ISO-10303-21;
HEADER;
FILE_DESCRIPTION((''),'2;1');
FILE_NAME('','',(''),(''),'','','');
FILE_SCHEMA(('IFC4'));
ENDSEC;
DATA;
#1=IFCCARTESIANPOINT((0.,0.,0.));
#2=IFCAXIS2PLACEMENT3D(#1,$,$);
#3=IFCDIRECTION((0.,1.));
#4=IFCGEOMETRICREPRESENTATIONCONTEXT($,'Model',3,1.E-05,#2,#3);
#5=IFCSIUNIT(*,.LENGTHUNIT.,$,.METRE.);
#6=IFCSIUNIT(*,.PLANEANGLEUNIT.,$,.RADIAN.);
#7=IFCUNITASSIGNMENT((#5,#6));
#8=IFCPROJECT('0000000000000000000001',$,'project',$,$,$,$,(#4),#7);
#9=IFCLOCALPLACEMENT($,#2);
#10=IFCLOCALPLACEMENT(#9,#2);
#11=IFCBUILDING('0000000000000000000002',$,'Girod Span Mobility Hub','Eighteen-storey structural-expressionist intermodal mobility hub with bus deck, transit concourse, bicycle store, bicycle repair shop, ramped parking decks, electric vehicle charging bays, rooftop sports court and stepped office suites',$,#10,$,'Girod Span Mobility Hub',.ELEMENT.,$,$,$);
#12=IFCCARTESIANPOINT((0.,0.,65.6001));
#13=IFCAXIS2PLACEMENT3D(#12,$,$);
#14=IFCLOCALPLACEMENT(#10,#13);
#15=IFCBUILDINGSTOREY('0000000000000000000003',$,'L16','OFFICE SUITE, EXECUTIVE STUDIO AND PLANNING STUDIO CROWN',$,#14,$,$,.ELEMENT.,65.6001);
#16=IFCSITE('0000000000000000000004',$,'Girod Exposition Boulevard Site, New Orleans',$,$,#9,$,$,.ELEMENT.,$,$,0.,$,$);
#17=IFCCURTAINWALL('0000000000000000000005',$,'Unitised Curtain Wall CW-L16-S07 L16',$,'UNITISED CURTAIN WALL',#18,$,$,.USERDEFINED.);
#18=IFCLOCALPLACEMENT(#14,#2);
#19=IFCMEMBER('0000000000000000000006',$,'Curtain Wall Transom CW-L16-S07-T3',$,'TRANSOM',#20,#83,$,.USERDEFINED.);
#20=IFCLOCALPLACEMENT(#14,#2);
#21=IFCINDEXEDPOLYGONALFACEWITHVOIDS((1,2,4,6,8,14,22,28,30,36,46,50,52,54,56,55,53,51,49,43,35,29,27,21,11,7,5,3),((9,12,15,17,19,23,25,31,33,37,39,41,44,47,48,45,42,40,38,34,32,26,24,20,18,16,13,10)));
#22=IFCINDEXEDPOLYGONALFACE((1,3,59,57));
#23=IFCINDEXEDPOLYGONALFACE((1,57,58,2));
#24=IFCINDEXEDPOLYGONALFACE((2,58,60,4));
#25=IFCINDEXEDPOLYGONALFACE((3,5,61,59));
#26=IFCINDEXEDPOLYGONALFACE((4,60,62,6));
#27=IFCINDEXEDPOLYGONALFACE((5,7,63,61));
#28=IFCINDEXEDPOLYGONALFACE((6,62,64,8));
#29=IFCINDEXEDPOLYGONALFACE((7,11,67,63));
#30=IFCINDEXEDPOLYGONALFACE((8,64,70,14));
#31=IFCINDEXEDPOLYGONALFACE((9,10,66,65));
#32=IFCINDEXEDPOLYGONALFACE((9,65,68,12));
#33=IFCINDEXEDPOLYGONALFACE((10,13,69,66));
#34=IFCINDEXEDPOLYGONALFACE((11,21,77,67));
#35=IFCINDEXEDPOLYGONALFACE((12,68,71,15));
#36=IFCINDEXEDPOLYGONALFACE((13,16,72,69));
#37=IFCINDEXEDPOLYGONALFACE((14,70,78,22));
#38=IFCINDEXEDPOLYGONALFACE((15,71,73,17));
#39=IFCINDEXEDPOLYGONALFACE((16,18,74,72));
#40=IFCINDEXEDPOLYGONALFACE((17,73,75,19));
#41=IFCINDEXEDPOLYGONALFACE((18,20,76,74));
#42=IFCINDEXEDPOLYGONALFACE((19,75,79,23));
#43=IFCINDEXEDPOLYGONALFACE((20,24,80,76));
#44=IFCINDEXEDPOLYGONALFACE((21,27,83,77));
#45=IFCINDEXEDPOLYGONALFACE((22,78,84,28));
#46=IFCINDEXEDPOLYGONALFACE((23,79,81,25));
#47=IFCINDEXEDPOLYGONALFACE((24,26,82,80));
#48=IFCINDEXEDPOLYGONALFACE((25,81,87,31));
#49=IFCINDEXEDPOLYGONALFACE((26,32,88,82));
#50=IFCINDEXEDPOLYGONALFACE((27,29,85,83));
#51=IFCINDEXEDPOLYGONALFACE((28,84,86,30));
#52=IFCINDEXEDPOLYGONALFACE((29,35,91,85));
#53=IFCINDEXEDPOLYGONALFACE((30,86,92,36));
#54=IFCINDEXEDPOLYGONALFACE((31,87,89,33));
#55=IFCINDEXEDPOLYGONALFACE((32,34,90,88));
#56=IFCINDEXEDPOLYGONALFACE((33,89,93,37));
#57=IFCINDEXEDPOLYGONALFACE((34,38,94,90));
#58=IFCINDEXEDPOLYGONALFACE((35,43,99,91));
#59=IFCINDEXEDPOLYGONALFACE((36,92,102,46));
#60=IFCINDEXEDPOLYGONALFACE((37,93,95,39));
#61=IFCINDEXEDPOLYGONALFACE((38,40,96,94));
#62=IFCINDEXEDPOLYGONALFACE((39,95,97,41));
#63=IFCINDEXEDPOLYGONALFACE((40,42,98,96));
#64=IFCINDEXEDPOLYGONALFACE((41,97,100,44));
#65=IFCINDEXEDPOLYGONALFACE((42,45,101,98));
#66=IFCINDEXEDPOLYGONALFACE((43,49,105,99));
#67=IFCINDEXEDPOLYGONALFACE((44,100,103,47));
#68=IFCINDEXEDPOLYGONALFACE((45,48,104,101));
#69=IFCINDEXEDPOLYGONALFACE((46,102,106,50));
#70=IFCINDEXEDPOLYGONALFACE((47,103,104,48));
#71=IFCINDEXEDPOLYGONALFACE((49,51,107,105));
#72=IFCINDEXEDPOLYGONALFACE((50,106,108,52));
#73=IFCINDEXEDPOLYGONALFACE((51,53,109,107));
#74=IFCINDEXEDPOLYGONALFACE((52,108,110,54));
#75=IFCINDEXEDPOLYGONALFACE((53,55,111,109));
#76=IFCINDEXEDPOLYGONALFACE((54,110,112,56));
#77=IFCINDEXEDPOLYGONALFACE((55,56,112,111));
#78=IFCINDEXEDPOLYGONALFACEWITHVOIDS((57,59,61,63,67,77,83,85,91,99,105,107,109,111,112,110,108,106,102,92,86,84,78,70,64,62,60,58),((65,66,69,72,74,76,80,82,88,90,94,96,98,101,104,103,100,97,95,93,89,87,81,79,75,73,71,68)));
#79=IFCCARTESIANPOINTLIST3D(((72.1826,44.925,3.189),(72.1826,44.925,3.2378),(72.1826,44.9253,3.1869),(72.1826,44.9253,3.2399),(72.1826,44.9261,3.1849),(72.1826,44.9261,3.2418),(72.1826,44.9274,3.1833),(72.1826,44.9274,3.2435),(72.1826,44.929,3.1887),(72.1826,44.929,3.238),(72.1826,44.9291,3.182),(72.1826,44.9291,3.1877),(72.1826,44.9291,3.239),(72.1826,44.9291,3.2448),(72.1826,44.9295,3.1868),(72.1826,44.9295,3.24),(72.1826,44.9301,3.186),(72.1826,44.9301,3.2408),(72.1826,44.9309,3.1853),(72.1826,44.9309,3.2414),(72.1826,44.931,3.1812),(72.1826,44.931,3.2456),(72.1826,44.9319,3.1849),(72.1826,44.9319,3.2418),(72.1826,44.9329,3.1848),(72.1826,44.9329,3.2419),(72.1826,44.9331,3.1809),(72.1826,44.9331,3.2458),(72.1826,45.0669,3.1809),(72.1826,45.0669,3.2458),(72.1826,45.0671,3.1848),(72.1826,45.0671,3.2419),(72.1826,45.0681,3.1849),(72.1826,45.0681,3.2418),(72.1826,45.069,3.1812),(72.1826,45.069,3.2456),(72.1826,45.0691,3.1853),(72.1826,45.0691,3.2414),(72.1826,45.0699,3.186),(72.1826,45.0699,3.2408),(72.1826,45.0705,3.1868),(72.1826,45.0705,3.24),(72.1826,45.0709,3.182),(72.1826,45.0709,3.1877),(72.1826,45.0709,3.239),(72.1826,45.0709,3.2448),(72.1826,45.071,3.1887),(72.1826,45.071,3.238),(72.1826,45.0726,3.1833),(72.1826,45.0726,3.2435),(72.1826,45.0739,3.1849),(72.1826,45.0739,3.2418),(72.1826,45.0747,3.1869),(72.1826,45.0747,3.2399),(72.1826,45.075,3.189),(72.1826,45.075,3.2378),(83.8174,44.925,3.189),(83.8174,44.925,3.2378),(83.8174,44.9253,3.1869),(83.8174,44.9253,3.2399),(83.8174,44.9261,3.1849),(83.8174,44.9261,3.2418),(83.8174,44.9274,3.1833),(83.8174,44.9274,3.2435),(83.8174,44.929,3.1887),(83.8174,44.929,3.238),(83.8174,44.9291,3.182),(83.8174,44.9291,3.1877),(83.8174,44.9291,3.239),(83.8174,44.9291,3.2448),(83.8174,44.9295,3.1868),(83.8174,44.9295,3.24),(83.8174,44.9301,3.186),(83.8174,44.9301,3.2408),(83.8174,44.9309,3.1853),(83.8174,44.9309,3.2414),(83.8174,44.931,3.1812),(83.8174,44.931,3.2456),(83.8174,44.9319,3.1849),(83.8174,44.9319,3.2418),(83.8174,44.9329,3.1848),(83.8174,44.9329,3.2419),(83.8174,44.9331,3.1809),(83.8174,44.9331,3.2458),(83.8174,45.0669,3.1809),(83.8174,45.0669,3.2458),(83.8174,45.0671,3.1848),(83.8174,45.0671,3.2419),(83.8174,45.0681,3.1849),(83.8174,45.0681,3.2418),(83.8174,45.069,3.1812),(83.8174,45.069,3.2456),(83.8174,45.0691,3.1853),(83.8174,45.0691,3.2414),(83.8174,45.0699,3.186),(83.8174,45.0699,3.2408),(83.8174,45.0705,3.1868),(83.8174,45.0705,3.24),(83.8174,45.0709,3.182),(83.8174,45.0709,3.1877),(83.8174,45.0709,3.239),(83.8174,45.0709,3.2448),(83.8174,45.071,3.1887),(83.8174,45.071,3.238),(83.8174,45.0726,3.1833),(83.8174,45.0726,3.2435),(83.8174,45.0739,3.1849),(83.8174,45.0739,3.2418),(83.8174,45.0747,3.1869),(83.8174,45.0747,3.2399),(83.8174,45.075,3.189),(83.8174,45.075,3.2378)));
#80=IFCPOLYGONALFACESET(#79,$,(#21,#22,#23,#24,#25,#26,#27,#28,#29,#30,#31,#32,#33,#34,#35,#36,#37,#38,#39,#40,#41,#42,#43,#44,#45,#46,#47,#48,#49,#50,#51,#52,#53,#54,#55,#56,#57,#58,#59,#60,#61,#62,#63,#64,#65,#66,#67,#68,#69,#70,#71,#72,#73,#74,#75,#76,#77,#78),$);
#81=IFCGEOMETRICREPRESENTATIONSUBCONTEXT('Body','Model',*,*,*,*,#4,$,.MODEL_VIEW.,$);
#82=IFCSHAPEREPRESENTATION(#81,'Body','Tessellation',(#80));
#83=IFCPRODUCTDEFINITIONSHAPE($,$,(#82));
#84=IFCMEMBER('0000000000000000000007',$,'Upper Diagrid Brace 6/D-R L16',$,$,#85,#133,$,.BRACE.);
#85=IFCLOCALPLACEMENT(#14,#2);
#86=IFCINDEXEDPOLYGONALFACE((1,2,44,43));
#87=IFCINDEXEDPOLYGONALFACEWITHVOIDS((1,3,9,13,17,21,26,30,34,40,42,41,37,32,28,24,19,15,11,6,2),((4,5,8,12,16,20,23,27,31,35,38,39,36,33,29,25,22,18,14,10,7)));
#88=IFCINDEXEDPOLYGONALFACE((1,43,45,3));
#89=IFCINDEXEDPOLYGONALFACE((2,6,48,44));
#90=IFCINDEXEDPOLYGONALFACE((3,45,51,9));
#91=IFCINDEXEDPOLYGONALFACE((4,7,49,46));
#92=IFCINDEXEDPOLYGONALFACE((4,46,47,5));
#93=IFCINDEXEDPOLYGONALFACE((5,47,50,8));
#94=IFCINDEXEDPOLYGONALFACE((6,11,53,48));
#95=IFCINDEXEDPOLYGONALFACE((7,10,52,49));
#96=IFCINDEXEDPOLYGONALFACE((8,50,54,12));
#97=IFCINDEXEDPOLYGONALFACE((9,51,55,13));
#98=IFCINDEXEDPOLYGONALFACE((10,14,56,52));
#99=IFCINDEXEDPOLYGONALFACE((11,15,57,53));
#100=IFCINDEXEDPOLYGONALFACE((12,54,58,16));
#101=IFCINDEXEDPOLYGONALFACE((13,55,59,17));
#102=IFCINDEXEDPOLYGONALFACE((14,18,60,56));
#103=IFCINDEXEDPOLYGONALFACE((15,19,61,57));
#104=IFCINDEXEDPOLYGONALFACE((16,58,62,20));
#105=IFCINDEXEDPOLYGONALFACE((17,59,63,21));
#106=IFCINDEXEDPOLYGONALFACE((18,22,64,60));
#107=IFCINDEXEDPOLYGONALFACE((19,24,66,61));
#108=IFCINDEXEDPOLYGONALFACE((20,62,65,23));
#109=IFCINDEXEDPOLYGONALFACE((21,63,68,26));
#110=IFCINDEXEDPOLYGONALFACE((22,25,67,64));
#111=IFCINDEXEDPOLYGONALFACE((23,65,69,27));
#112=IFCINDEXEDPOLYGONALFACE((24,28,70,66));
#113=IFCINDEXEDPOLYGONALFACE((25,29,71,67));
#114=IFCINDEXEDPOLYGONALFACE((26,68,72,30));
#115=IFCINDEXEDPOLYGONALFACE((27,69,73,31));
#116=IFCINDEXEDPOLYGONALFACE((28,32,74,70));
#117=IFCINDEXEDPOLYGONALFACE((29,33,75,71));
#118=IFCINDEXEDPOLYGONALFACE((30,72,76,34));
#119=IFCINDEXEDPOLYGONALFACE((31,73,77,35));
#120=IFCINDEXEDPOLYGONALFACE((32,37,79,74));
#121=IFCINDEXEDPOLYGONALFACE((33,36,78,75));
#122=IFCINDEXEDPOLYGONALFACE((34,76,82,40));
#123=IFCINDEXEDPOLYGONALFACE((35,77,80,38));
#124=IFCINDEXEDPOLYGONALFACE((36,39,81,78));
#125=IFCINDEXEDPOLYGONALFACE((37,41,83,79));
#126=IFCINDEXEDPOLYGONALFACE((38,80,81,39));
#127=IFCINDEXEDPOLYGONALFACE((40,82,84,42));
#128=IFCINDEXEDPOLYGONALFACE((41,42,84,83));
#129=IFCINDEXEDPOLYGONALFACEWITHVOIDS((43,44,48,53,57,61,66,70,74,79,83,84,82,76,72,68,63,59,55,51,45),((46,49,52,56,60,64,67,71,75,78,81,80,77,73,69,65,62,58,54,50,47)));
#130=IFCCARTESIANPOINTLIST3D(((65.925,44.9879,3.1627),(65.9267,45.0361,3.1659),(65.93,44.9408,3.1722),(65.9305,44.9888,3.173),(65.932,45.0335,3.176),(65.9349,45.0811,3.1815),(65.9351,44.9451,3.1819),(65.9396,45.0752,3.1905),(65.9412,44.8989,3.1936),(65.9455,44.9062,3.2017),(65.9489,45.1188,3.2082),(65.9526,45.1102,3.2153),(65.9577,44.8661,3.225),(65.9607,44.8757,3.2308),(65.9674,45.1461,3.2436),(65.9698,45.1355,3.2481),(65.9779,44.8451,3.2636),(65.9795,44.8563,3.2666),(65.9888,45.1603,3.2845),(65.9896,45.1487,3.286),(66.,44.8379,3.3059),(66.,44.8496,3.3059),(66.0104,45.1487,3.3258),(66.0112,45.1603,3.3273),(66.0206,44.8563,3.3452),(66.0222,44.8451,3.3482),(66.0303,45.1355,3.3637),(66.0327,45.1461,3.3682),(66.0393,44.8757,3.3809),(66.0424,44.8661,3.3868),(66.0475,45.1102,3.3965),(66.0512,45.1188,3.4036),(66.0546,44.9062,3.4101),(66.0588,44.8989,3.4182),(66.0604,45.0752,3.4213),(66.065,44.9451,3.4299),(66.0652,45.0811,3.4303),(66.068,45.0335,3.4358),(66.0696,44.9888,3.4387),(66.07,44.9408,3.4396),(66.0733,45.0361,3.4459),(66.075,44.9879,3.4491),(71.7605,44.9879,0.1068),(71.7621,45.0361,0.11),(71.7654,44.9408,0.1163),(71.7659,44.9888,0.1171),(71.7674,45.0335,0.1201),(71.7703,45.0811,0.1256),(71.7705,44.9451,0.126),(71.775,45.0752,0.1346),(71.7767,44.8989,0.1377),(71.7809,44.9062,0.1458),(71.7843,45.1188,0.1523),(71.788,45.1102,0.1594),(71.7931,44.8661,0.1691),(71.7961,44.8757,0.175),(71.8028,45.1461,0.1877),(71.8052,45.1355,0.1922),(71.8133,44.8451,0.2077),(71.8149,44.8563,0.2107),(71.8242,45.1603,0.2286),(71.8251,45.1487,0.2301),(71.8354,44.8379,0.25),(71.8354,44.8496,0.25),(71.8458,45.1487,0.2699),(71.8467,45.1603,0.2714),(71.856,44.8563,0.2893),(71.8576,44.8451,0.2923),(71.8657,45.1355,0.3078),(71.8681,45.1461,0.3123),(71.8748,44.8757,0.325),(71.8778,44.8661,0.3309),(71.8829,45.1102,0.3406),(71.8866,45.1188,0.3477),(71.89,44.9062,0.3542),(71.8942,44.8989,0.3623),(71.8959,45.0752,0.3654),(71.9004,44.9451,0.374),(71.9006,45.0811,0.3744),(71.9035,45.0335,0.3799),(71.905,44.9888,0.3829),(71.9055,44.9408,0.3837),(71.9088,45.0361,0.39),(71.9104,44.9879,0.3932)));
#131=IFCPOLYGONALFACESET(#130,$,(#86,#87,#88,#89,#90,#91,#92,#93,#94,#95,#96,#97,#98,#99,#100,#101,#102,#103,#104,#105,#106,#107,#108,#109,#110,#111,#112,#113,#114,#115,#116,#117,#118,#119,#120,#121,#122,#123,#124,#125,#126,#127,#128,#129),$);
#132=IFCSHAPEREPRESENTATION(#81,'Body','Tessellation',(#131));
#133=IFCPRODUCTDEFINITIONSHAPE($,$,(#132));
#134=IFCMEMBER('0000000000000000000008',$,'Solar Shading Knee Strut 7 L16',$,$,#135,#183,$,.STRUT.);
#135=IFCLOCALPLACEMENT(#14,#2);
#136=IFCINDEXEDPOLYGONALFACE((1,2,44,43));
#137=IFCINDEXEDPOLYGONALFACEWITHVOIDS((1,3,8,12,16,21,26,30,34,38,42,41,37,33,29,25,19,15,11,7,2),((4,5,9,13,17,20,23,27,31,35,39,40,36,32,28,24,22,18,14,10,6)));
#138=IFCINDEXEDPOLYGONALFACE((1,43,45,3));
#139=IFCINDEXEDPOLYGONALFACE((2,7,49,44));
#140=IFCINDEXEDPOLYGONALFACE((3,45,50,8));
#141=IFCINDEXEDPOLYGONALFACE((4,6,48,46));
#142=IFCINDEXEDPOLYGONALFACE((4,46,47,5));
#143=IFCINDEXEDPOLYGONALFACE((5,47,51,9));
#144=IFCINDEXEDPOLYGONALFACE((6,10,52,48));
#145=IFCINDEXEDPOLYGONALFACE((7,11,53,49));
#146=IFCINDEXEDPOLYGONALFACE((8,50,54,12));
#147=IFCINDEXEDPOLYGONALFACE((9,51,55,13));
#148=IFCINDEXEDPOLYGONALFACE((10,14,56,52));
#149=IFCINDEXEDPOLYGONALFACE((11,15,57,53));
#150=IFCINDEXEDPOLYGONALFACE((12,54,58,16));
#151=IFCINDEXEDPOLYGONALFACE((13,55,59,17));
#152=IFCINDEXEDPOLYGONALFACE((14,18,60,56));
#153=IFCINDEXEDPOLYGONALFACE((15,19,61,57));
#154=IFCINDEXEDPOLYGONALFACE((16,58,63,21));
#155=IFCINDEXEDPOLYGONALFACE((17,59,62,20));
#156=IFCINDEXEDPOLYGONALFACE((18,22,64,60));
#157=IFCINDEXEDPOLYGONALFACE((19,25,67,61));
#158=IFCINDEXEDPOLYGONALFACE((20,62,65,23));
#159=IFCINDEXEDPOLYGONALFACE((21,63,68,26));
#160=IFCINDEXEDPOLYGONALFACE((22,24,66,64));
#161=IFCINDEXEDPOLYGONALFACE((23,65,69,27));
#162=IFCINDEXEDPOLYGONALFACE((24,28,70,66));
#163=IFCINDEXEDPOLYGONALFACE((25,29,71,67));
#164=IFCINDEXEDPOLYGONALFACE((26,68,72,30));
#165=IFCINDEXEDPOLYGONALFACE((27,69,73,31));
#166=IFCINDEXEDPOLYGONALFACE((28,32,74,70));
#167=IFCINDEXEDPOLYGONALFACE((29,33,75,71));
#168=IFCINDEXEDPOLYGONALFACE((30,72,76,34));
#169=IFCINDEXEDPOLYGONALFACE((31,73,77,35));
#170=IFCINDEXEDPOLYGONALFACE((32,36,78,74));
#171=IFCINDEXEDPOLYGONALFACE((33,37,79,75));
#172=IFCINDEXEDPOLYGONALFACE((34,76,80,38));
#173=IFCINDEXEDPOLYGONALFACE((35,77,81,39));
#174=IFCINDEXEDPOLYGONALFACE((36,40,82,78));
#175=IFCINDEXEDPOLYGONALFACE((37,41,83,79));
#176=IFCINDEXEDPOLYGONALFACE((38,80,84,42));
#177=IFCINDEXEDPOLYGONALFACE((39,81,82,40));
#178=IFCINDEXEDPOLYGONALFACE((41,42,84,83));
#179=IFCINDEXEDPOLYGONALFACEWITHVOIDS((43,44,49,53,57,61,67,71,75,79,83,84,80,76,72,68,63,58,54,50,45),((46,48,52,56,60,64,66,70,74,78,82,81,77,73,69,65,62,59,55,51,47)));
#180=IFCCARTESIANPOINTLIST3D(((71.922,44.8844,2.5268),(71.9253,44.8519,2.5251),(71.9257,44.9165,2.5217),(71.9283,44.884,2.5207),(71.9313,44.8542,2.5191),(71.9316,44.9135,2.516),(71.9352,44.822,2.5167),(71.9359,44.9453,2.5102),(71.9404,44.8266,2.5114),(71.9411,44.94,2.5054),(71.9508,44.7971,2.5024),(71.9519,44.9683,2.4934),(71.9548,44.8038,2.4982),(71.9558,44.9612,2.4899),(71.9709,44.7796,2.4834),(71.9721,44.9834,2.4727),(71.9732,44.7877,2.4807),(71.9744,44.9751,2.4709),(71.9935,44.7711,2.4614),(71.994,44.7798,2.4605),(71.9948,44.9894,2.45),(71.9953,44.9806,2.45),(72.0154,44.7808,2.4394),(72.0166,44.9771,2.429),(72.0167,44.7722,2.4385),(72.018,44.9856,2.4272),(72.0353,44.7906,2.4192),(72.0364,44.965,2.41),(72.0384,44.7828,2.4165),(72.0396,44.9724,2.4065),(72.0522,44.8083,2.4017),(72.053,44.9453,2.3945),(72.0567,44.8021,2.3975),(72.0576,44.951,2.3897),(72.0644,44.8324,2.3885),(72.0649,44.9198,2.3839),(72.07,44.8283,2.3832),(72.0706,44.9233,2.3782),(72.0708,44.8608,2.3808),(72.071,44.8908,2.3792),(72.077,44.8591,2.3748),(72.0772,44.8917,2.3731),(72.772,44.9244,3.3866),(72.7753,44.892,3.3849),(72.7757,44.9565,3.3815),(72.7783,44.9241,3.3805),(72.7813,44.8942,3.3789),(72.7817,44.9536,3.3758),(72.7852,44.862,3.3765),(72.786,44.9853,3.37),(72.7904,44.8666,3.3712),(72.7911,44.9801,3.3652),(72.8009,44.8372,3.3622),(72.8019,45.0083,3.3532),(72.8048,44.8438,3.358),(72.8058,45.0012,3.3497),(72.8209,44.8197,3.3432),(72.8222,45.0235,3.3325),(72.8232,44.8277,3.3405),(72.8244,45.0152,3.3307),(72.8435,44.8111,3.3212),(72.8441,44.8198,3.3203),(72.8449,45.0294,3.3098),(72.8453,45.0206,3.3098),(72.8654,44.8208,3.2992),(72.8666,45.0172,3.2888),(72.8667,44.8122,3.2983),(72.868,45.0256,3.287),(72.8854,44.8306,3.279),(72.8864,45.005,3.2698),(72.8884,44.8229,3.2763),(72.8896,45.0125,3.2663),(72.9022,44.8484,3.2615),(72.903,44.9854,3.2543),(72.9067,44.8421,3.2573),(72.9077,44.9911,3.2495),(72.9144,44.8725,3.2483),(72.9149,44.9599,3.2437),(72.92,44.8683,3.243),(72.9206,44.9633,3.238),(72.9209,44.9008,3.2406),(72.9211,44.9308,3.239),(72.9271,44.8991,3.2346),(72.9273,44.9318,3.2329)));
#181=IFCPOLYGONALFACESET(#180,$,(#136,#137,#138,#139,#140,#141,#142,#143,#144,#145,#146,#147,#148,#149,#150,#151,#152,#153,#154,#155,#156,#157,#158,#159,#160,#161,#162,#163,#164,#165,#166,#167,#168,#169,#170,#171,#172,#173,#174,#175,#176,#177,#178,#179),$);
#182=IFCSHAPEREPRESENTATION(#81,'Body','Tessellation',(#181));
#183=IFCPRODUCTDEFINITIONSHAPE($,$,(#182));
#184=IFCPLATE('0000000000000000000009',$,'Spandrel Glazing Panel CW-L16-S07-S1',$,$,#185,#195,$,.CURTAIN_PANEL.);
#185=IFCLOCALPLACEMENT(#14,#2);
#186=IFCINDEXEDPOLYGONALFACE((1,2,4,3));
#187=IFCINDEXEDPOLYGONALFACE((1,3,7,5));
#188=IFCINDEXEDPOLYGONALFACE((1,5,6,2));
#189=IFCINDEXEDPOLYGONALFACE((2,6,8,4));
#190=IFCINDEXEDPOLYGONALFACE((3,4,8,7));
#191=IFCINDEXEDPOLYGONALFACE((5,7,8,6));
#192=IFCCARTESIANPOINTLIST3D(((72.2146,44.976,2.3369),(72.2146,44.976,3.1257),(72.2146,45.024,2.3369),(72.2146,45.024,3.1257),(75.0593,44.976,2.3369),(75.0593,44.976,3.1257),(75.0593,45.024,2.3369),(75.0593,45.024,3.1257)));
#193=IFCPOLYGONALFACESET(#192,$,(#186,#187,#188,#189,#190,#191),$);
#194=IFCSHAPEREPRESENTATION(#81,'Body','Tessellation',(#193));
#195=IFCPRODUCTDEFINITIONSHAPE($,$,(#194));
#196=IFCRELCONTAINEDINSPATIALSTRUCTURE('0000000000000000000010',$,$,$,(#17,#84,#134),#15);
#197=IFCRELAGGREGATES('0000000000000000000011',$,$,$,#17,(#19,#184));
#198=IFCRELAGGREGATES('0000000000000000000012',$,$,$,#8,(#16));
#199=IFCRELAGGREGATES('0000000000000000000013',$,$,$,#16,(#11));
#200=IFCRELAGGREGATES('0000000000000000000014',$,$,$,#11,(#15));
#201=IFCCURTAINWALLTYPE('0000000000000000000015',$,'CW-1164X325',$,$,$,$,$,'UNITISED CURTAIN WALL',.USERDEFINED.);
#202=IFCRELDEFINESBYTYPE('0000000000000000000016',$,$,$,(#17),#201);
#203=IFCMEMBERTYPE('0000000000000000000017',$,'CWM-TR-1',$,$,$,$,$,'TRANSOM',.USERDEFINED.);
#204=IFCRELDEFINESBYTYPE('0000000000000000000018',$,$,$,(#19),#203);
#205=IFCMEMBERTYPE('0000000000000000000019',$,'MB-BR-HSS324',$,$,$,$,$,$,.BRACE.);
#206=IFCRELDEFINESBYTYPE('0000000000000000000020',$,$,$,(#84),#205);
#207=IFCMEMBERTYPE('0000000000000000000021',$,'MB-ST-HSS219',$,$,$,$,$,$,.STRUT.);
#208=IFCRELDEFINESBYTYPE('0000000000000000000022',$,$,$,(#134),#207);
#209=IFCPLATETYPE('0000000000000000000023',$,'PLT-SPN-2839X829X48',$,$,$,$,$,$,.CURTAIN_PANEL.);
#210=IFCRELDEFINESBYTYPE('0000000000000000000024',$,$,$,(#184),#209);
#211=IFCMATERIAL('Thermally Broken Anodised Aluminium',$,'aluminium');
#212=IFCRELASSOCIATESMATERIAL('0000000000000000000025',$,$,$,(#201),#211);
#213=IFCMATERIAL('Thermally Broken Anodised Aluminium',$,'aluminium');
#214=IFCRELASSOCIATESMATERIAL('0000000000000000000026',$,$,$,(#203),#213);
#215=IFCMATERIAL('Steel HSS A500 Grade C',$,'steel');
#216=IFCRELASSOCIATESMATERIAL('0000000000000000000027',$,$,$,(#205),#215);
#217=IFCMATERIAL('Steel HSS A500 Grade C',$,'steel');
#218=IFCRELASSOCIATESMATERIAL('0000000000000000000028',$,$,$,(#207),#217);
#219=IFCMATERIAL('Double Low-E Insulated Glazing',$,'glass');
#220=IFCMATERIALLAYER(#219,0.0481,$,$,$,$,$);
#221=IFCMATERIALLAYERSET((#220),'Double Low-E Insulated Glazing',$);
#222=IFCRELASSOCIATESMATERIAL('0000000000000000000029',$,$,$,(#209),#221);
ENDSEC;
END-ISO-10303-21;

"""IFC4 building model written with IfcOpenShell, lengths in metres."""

from ifc_helpers import new_model, si_unit, direction, frame, origin, origin_2d, place, context, subcontext, project, spatial, rectangle, hollow_rectangle, hollow_circle, extrude, material, layer, layer_set, material_profile, profile_set, type_object, element, aggregate, save


model = new_model("IFC4")

# Units and contexts
model_context = context("Model", 3, precision=1e-05, world=origin(), true_north=direction((0.0, 1.0)))
body_context = subcontext(model_context, "Body", "Model", "MODEL_VIEW")
ifc_project = project(units=[si_unit("LENGTHUNIT", "METRE"), si_unit("PLANEANGLEUNIT", "RADIAN")], contexts=[model_context])

# Site, building, storey
site_placement = place(None, origin())
site = spatial("IfcSite", under=ifc_project, at=site_placement, Name="Girod Exposition Boulevard Site, New Orleans", CompositionType="ELEMENT", RefElevation=0.0)
building_placement = place(site_placement, origin())
building = spatial("IfcBuilding", under=site, at=building_placement, Name="Girod Span Mobility Hub", Description="Eighteen-storey structural-expressionist intermodal mobility hub with bus deck, transit concourse, bicycle store, bicycle repair shop, ramped parking decks, electric vehicle charging bays, rooftop sports court and stepped office suites", LongName="Girod Span Mobility Hub", CompositionType="ELEMENT")
storey_placement = place(building_placement, frame((0.0, 0.0, 65.6001)))
storey = spatial("IfcBuildingStorey", under=building, at=storey_placement, Name="L16", Description="OFFICE SUITE, EXECUTIVE STUDIO AND PLANNING STUDIO CROWN", CompositionType="ELEMENT", Elevation=65.6001)

# Curtain wall, member
ifc_material_1 = material(Name="Thermally Broken Anodised Aluminium", Category="aluminium")
curtain_wall_type = type_object("IfcCurtainWallType", Name="CW-1164X325", ElementType="UNITISED CURTAIN WALL", PredefinedType="USERDEFINED", material=ifc_material_1)
curtain_wall_1_placement = place(storey_placement, origin())
curtain_wall_1 = element("IfcCurtainWall", 1, at=curtain_wall_1_placement, inside=storey, type_object=curtain_wall_type, Name="Unitised Curtain Wall CW-L16-S07 L16", ObjectType="UNITISED CURTAIN WALL", PredefinedType="USERDEFINED")
ifc_material_2 = material(Name="Thermally Broken Anodised Aluminium", Category="aluminium")
ifc_material_profile_1 = material_profile(ifc_material_2, hollow_rectangle(XDim=0.1499, YDim=0.0649, WallThickness=0.0039, InnerFilletRadius=0.0039, OuterFilletRadius=0.0081, at=origin_2d()), Name="CW-TR-65X150")
ifc_profile_set_1 = profile_set([ifc_material_profile_1], Name="Thermally Broken Anodised Aluminium")
member_type_1 = type_object("IfcMemberType", Name="CWM-TR-1", ElementType="TRANSOM", PredefinedType="USERDEFINED", material=ifc_profile_set_1)
member_1_placement = place(storey_placement, frame((72.1826, 45.0, 3.2134), z_axis=(1.0, 0.0, 0.0), x_axis=(0.0, 1.0, 0.0)))
member_1 = element("IfcMember", 2, at=member_1_placement, type_object=member_type_1, Name="Curtain Wall Transom CW-L16-S07-T3", ObjectType="TRANSOM", PredefinedType="USERDEFINED", context=body_context, shape_type="SweptSolid", body=[
    extrude(hollow_rectangle(XDim=0.1499, YDim=0.0649, WallThickness=0.0039, InnerFilletRadius=0.0039, OuterFilletRadius=0.0081, at=origin_2d()), origin(), (0.0, 0.0, 1.0), 11.6348),
])

# Members
ifc_material_3 = material(Name="Steel HSS A500 Grade C", Category="steel")
ifc_material_profile_2 = material_profile(ifc_material_3, hollow_circle(Radius=0.1621, WallThickness=0.0117, at=origin_2d()), Name="HSS324X12.7")
ifc_profile_set_2 = profile_set([ifc_material_profile_2], Name="Steel HSS A500 Grade C")
member_type_2 = type_object("IfcMemberType", Name="MB-BR-HSS324", PredefinedType="BRACE", material=ifc_profile_set_2)
member_2_placement = place(storey_placement, frame((71.8354, 45.0, 0.25), z_axis=(-0.885879, 0.0, 0.463917), x_axis=(0.0, -1.0, 0.0)))
element("IfcMember", 3, at=member_2_placement, inside=storey, type_object=member_type_2, Name="Upper Diagrid Brace 6/D-R L16", PredefinedType="BRACE", context=body_context, shape_type="SweptSolid", body=[
    extrude(hollow_circle(Radius=0.1621, WallThickness=0.0117, at=origin_2d()), origin(), (0.0, 0.0, 1.0), 6.5872),
])
ifc_material_4 = material(Name="Steel HSS A500 Grade C", Category="steel")
ifc_material_profile_3 = material_profile(ifc_material_4, hollow_circle(Radius=0.1096, WallThickness=0.0088, at=origin_2d()), Name="HSS219X9.5")
ifc_profile_set_3 = profile_set([ifc_material_profile_3], Name="Steel HSS A500 Grade C")
member_type_3 = type_object("IfcMemberType", Name="MB-ST-HSS219", PredefinedType="STRUT", material=ifc_profile_set_3)
member_3_placement = place(storey_placement, frame((72.0, 44.8799, 2.45), z_axis=(0.702672, 0.033095, 0.710744), x_axis=(-0.047047, 0.998893, 0.0)))
element("IfcMember", 4, at=member_3_placement, inside=storey, type_object=member_type_3, Name="Solar Shading Knee Strut 7 L16", PredefinedType="STRUT", context=body_context, shape_type="SweptSolid", body=[
    extrude(hollow_circle(Radius=0.1096, WallThickness=0.0088, at=origin_2d()), origin(), (0.0, 0.0, 1.0), 1.2097),
])

# Plate
ifc_material_5 = material(Name="Double Low-E Insulated Glazing", Category="glass")
ifc_layer_1 = layer(ifc_material_5, 0.0481)
ifc_layer_set_1 = layer_set([ifc_layer_1], Name="Double Low-E Insulated Glazing")
plate_type_1 = type_object("IfcPlateType", Name="PLT-SPN-2839X829X48", PredefinedType="CURTAIN_PANEL", material=ifc_layer_set_1)
plate_1_placement = place(storey_placement, frame((73.637, 45.0, 2.3369), z_axis=(0.0, 0.0, 1.0), x_axis=(1.0, 0.0, 0.0)))
plate_1 = element("IfcPlate", 5, at=plate_1_placement, type_object=plate_type_1, Name="Spandrel Glazing Panel CW-L16-S07-S1", PredefinedType="CURTAIN_PANEL", context=body_context, shape_type="SweptSolid", body=[
    extrude(rectangle(XDim=2.8447, YDim=0.0481, at=origin_2d()), origin(), (0.0, 0.0, 1.0), 0.7888),
])
aggregate(curtain_wall_1, [member_1, plate_1])

save(model, "model.ifc")
